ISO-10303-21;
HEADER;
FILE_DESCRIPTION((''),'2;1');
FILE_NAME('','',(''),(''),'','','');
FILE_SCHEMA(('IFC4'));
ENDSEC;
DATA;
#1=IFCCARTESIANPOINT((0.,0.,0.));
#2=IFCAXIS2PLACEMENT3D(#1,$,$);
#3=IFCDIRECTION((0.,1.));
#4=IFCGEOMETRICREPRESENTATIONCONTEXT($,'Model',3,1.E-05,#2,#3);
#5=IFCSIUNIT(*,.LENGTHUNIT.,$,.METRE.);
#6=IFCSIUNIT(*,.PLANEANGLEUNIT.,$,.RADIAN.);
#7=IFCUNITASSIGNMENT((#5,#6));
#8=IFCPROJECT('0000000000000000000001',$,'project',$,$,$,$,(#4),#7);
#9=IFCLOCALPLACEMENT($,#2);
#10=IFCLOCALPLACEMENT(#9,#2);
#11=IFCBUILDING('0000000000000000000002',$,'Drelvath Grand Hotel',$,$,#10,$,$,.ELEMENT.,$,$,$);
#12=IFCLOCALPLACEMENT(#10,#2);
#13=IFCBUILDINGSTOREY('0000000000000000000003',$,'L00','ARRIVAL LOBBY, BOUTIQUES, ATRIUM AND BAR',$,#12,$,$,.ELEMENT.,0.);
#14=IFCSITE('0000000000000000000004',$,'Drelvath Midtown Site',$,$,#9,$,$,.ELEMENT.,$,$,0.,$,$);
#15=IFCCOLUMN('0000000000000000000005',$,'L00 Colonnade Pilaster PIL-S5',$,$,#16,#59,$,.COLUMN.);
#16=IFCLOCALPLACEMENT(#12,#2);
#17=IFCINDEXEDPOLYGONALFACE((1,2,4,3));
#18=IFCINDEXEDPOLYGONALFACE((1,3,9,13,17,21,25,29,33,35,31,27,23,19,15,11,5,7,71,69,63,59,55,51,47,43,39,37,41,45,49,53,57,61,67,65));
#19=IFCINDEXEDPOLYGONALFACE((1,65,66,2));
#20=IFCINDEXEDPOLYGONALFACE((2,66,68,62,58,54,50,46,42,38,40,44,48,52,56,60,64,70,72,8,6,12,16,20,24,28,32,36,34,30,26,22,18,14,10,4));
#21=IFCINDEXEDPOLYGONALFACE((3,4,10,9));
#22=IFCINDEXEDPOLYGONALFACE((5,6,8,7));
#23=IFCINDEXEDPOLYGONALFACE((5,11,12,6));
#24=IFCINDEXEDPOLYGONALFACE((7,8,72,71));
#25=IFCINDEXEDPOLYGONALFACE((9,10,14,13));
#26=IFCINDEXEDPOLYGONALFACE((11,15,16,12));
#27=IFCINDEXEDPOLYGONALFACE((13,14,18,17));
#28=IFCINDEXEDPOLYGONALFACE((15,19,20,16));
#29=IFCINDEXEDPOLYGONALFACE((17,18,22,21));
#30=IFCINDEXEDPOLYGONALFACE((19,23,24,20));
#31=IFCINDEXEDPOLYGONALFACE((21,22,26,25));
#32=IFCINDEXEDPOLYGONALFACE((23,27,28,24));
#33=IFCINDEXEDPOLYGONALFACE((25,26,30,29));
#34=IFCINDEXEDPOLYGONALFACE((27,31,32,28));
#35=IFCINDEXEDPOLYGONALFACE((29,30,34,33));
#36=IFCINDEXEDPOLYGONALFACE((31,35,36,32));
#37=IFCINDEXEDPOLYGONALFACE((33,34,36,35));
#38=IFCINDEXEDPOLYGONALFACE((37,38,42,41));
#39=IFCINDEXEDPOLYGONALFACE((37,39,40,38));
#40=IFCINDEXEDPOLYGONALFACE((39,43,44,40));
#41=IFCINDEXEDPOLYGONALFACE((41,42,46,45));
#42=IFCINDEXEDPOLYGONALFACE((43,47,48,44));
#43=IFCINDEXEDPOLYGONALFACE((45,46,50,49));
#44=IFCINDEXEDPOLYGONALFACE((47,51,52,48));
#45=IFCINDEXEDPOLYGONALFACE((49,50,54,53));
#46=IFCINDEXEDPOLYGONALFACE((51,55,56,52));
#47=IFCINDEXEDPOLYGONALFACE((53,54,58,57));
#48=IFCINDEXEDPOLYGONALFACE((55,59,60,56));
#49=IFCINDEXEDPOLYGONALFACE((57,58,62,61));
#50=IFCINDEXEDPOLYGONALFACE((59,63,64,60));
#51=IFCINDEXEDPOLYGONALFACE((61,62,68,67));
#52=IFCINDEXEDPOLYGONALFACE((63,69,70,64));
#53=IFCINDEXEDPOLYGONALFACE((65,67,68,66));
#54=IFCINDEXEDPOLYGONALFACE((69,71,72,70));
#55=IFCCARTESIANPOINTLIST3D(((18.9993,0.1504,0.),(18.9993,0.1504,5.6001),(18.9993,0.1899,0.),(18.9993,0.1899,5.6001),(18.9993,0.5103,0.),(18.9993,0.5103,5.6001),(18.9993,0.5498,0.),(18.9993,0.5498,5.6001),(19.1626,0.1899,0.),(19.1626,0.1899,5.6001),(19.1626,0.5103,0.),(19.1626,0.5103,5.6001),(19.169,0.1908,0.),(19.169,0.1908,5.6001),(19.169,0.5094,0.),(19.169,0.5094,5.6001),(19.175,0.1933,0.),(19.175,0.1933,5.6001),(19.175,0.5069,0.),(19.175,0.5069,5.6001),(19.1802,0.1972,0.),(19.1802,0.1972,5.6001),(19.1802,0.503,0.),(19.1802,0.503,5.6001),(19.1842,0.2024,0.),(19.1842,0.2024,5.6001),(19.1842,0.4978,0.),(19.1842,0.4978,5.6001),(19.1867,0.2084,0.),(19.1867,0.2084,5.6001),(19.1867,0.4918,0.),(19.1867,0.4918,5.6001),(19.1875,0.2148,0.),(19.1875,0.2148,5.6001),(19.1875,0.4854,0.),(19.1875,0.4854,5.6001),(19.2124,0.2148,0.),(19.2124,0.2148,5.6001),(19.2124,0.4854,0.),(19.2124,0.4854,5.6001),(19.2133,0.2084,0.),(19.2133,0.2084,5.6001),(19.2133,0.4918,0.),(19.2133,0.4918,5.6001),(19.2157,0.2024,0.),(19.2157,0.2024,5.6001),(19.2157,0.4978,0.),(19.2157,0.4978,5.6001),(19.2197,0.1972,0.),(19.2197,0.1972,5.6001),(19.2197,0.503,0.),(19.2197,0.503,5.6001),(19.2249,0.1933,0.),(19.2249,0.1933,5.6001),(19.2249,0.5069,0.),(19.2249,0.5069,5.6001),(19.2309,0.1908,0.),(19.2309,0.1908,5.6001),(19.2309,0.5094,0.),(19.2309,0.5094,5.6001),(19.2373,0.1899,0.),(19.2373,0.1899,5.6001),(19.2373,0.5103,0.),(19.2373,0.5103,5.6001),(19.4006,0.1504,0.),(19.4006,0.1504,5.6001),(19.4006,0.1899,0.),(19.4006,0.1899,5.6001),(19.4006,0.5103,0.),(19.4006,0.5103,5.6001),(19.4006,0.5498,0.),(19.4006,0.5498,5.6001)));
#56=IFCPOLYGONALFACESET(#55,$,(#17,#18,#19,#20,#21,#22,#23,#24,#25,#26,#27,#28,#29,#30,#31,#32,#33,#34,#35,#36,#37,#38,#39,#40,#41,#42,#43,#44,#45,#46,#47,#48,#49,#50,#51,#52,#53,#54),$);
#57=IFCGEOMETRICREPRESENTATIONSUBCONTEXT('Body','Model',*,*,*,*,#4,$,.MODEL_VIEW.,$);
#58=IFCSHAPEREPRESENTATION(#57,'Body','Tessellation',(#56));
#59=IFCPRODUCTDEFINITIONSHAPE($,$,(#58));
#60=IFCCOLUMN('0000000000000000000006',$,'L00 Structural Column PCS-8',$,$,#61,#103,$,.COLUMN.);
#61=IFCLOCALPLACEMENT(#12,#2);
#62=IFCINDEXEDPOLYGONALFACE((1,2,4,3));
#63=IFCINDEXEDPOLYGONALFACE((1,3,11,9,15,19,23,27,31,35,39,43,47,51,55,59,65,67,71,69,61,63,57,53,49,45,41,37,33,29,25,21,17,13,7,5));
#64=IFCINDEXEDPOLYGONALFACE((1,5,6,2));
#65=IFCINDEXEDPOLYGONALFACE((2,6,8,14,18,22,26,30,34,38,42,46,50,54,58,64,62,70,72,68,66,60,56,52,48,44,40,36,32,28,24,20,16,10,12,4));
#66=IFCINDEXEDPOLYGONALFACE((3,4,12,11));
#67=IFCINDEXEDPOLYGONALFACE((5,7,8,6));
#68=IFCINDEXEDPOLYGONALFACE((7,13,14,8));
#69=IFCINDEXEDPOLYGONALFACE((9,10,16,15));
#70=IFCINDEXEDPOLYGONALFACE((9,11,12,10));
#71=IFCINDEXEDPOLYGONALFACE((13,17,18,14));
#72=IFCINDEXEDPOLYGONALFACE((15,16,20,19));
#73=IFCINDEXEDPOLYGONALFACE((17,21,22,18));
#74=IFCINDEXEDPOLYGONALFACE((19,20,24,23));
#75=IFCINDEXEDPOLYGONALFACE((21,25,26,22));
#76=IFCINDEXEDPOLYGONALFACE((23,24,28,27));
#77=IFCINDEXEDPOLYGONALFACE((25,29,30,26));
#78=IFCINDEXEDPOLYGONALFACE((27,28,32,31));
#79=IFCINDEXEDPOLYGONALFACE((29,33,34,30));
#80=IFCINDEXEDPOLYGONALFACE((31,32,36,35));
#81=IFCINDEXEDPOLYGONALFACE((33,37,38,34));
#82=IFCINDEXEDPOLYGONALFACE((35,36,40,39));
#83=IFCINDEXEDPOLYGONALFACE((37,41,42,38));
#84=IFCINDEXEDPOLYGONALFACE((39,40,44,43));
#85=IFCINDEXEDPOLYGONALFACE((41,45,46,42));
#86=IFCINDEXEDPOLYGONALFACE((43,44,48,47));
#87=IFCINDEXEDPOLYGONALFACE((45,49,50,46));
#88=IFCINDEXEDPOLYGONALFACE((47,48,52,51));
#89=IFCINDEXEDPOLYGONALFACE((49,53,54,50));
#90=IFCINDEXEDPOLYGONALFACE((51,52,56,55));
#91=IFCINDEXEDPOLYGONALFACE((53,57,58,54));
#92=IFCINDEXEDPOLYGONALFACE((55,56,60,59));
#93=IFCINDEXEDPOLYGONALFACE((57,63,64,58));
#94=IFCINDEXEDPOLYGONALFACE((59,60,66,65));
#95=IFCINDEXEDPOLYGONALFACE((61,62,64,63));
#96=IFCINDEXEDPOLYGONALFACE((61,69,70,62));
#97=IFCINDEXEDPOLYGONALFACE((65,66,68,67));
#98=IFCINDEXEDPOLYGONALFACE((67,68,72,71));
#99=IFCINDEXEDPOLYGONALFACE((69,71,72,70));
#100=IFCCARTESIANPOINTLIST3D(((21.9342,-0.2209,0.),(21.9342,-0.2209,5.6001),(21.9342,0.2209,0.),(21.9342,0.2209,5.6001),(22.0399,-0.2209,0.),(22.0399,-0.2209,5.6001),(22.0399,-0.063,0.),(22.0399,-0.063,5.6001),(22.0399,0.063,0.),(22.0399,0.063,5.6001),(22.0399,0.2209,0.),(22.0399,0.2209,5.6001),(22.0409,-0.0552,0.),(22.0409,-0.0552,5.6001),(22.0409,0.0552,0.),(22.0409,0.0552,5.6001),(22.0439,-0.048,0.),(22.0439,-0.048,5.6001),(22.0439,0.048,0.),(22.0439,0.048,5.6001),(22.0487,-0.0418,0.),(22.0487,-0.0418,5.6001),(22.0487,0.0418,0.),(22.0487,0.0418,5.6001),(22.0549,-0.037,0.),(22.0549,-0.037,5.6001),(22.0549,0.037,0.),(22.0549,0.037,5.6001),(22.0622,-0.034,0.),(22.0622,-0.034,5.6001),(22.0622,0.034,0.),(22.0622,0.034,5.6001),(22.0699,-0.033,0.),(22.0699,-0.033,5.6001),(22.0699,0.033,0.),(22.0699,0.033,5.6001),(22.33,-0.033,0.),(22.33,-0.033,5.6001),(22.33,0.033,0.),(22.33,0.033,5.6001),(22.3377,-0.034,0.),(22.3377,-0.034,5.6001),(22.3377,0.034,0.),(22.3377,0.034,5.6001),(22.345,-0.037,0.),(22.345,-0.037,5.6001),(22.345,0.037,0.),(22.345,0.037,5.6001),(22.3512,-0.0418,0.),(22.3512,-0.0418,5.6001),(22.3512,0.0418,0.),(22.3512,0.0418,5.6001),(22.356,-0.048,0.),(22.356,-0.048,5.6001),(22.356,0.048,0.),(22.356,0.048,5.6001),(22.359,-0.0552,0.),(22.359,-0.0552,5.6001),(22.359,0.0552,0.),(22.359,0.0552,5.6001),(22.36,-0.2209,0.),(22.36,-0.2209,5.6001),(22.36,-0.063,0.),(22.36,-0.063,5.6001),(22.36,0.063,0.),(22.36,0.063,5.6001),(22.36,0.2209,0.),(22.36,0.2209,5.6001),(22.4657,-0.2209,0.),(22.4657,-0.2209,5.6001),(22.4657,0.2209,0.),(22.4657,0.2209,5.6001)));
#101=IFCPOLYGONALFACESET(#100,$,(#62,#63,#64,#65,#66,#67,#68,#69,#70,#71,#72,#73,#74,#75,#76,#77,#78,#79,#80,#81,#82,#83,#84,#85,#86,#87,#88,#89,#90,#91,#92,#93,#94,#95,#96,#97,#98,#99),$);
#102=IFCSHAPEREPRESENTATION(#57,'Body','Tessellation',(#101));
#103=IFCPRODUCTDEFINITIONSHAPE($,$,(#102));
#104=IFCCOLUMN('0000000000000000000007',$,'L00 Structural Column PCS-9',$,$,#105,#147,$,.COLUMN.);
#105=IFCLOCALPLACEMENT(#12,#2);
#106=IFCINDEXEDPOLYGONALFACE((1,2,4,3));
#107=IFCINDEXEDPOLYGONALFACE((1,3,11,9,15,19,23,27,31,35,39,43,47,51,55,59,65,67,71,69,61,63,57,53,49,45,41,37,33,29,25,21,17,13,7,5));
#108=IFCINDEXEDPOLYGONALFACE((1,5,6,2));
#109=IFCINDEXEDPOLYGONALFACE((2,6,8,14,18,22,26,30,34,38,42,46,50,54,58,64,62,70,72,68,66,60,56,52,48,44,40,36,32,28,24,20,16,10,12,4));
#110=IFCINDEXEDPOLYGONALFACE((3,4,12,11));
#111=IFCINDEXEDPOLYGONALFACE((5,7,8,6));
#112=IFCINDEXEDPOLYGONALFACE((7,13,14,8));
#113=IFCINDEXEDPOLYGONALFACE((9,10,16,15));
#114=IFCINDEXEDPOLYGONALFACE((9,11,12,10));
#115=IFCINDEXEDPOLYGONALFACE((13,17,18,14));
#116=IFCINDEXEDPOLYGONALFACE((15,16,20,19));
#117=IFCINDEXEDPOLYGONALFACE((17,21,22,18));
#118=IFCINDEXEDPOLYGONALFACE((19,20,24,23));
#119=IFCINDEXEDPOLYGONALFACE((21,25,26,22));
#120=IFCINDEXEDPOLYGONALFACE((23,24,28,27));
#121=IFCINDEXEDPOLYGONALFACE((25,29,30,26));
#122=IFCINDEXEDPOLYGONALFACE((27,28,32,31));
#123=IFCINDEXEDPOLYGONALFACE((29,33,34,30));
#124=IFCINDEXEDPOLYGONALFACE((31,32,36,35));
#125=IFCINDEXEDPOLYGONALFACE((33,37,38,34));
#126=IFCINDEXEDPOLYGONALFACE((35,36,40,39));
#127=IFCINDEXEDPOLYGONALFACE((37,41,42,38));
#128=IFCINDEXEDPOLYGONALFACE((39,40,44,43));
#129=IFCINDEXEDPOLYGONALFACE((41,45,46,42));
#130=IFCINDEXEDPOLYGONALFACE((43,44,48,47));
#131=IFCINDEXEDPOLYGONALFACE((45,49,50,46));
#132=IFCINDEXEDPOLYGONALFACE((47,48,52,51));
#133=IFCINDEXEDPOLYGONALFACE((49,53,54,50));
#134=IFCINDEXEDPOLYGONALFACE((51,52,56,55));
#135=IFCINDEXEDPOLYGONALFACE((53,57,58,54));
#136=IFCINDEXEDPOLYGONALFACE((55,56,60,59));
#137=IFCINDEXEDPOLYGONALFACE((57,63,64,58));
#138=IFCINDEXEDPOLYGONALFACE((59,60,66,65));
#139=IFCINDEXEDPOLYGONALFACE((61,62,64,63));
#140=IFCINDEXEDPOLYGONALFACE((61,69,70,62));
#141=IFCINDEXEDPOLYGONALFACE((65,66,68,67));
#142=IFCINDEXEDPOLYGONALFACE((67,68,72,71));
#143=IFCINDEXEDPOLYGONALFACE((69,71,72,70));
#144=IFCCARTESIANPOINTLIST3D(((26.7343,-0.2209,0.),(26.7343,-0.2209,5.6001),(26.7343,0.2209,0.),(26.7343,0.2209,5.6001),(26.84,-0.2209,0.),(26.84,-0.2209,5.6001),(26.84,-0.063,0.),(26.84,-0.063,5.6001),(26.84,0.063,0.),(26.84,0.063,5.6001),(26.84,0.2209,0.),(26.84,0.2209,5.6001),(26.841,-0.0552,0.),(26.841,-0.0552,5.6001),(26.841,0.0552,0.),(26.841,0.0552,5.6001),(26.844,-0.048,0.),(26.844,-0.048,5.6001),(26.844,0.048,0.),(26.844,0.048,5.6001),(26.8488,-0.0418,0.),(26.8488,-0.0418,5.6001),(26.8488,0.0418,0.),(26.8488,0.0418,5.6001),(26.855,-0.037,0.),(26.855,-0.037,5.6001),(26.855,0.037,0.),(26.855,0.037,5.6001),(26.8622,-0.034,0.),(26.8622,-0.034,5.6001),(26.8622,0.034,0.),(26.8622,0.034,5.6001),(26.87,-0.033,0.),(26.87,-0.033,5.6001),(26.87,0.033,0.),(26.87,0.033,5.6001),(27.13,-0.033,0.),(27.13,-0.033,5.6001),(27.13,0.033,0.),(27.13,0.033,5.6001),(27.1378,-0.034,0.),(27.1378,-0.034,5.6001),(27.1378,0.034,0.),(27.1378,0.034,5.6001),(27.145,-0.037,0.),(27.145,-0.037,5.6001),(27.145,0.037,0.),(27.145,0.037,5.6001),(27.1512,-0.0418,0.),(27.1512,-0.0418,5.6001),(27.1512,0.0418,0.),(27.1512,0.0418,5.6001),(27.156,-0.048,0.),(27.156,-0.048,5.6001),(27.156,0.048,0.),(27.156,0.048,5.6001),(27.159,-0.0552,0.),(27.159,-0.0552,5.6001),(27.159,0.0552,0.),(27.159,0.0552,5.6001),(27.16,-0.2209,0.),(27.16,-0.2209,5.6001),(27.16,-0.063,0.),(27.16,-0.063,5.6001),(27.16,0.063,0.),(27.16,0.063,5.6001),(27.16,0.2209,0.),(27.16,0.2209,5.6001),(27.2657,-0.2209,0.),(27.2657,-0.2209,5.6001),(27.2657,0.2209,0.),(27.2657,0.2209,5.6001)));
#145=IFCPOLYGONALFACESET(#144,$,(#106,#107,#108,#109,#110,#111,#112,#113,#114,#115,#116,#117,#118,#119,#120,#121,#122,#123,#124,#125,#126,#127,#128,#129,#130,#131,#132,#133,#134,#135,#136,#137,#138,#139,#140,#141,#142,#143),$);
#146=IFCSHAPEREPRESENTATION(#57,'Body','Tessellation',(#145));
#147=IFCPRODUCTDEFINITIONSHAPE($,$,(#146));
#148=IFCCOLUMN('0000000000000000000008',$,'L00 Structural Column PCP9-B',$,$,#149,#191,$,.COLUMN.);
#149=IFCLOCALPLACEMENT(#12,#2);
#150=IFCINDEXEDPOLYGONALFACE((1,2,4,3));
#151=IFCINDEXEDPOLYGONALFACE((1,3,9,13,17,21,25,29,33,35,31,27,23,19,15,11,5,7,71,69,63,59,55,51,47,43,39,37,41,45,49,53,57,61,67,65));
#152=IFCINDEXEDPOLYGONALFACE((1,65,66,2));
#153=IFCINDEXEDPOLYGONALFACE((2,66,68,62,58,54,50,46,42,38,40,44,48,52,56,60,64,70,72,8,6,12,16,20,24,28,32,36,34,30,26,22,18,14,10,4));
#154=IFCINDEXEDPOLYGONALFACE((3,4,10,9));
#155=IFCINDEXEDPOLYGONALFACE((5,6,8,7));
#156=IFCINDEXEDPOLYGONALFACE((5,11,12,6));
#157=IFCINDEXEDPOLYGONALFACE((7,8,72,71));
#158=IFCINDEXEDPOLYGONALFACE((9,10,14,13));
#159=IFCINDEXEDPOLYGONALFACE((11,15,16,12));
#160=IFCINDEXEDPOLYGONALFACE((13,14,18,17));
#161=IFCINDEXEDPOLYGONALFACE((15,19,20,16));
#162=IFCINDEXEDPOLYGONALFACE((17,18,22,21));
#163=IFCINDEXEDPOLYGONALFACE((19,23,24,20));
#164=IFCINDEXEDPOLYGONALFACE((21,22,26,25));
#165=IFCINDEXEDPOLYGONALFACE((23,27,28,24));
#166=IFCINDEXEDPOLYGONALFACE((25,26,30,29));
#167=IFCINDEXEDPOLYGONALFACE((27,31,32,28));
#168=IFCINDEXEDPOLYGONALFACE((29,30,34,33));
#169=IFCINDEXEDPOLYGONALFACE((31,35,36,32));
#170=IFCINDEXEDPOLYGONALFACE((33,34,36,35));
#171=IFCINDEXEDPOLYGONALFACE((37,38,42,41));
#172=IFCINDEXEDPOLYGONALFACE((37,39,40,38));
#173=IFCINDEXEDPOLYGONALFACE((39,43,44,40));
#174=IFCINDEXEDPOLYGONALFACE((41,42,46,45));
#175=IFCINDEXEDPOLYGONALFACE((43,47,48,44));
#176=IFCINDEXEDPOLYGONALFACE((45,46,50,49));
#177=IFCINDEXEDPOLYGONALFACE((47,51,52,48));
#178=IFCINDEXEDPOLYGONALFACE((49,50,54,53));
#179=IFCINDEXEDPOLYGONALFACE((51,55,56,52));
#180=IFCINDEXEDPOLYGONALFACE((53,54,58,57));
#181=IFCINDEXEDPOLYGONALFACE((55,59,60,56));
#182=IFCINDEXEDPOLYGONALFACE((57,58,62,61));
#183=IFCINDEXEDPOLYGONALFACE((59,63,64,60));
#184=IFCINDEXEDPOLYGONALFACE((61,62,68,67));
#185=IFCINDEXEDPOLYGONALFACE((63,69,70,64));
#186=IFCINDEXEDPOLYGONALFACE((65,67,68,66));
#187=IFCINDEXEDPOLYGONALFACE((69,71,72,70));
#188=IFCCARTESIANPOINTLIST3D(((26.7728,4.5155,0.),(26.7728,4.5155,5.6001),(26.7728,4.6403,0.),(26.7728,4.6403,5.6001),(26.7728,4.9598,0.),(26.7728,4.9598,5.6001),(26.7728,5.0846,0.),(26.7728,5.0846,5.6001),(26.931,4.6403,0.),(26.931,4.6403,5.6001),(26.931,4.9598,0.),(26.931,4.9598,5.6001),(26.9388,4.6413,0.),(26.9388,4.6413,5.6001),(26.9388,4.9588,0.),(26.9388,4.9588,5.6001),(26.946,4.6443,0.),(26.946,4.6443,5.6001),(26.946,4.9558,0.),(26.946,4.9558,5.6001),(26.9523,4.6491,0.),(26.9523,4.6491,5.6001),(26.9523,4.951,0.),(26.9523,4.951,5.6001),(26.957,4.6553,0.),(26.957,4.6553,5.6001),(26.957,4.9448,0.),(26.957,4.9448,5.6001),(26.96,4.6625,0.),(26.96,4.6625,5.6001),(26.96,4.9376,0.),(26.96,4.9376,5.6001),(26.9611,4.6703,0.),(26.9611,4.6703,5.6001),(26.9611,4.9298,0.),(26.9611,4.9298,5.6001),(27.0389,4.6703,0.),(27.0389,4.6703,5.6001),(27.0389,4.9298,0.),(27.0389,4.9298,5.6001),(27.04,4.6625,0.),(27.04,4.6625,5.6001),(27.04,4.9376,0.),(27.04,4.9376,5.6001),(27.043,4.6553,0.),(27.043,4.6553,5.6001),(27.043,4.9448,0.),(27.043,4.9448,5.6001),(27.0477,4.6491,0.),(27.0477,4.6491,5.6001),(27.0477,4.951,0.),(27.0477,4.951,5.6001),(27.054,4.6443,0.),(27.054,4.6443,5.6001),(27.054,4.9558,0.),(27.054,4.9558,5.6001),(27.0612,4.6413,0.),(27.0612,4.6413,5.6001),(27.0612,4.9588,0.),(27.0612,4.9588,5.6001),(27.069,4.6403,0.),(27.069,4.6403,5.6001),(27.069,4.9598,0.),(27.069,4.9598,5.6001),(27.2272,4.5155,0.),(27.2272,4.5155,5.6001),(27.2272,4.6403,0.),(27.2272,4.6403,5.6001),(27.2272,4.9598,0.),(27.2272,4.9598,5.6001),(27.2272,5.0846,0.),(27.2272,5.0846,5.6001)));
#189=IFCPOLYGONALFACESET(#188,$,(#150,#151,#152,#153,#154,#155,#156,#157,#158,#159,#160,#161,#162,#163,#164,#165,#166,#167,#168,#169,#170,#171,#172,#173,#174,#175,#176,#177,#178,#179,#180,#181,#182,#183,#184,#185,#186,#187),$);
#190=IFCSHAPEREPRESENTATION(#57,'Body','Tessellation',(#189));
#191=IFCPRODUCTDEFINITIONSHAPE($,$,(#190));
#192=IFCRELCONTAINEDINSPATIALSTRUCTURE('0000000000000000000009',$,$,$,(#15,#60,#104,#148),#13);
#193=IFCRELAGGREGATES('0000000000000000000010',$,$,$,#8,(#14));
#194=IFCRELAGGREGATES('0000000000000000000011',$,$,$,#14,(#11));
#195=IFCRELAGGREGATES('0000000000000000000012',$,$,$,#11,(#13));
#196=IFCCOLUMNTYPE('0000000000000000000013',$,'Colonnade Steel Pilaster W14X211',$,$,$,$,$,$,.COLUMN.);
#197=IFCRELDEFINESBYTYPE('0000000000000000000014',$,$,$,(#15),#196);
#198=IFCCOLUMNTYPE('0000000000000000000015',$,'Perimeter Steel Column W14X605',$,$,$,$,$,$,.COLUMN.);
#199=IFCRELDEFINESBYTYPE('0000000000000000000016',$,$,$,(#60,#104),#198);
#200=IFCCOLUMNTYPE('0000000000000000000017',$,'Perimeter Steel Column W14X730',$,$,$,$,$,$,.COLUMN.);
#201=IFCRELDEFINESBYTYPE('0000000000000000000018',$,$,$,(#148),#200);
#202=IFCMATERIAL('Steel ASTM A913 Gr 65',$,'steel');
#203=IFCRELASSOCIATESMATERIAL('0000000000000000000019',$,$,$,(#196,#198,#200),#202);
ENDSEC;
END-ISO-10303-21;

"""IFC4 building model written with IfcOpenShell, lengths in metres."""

from ifc_helpers import new_model, si_unit, direction, frame, origin, origin_2d, place, context, subcontext, project, spatial, i_section, extrude, material, material_profile, profile_set, type_object, element, save


model = new_model("IFC4")

# Units and contexts
model_context = context("Model", 3, precision=1e-05, world=origin(), true_north=direction((0.0, 1.0)))
body_context = subcontext(model_context, "Body", "Model", "MODEL_VIEW")
ifc_project = project(units=[si_unit("LENGTHUNIT", "METRE"), si_unit("PLANEANGLEUNIT", "RADIAN")], contexts=[model_context])

# Site, building, storey
site_placement = place(None, origin())
site = spatial("IfcSite", under=ifc_project, at=site_placement, Name="Drelvath Midtown Site", CompositionType="ELEMENT", RefElevation=0.0)
building_placement = place(site_placement, origin())
building = spatial("IfcBuilding", under=site, at=building_placement, Name="Drelvath Grand Hotel", CompositionType="ELEMENT")
storey_placement = place(building_placement, origin())
storey = spatial("IfcBuildingStorey", under=building, at=storey_placement, Name="L00", Description="ARRIVAL LOBBY, BOUTIQUES, ATRIUM AND BAR", CompositionType="ELEMENT", Elevation=0.0)

# Columns
ifc_material_1 = material(Name="Steel ASTM A913 Gr 65", Category="steel")
ifc_material_profile_1 = material_profile(ifc_material_1, i_section(OverallWidth=0.4014, OverallDepth=0.3994, WebThickness=0.0249, FlangeThickness=0.0396, FilletRadius=0.0249, at=origin_2d()), Name="W14X211")
ifc_profile_set_1 = profile_set([ifc_material_profile_1], Name="Steel ASTM A913 Gr 65")
column_type_1 = type_object("IfcColumnType", Name="Colonnade Steel Pilaster W14X211", PredefinedType="COLUMN", material=ifc_profile_set_1)
column_placement = place(storey_placement, frame((19.2, 0.3501, 0.0), z_axis=(0.0, 0.0, 1.0), x_axis=(1.0, 0.0, 0.0)))
element("IfcColumn", 1, at=column_placement, inside=storey, type_object=column_type_1, Name="L00 Colonnade Pilaster PIL-S5", PredefinedType="COLUMN", context=body_context, shape_type="SweptSolid", body=[
    extrude(i_section(OverallWidth=0.4014, OverallDepth=0.3994, WebThickness=0.0249, FlangeThickness=0.0396, FilletRadius=0.0249, at=origin_2d()), origin(), (0.0, 0.0, 1.0), 5.6001),
])
ifc_material_profile_2 = material_profile(ifc_material_1, i_section(OverallWidth=0.4419, OverallDepth=0.5315, WebThickness=0.0659, FlangeThickness=0.1057, FilletRadius=0.03, at=origin_2d()), Name="W14X605")
ifc_profile_set_2 = profile_set([ifc_material_profile_2], Name="Steel ASTM A913 Gr 65")
column_type_2 = type_object("IfcColumnType", Name="Perimeter Steel Column W14X605", PredefinedType="COLUMN", material=ifc_profile_set_2)
for number, where, z_axis, x_axis, name in (
    (2, (22.2, 0.0, 0.0), (0.0, 0.0, 1.0), (0.0, 1.0, 0.0), "L00 Structural Column PCS-8"),
    (3, (27.0, 0.0, 0.0), (0.0, 0.0, 1.0), (0.0, 1.0, 0.0), "L00 Structural Column PCS-9"),
):
    element("IfcColumn", number, at=place(storey_placement, frame(where, z_axis=z_axis, x_axis=x_axis)), inside=storey, type_object=column_type_2, Name=name, PredefinedType="COLUMN", context=body_context, shape_type="SweptSolid", body=[
        extrude(i_section(OverallWidth=0.4419, OverallDepth=0.5315, WebThickness=0.0659, FlangeThickness=0.1057, FilletRadius=0.03, at=origin_2d()), origin(), (0.0, 0.0, 1.0), 5.6001),
    ])
ifc_material_profile_3 = material_profile(ifc_material_1, i_section(OverallWidth=0.4543, OverallDepth=0.5691, WebThickness=0.0779, FlangeThickness=0.1248, FilletRadius=0.03, at=origin_2d()), Name="W14X730")
ifc_profile_set_3 = profile_set([ifc_material_profile_3], Name="Steel ASTM A913 Gr 65")
column_type_3 = type_object("IfcColumnType", Name="Perimeter Steel Column W14X730", PredefinedType="COLUMN", material=ifc_profile_set_3)
for number, where, z_axis, x_axis, name in (
    (4, (27.0, 4.8, 0.0), (0.0, 0.0, 1.0), (1.0, 0.0, 0.0), "L00 Structural Column PCP9-B"),
):
    element("IfcColumn", number, at=place(storey_placement, frame(where, z_axis=z_axis, x_axis=x_axis)), inside=storey, type_object=column_type_3, Name=name, PredefinedType="COLUMN", context=body_context, shape_type="SweptSolid", body=[
        extrude(i_section(OverallWidth=0.4543, OverallDepth=0.5691, WebThickness=0.0779, FlangeThickness=0.1248, FilletRadius=0.03, at=origin_2d()), origin(), (0.0, 0.0, 1.0), 5.6001),
    ])

save(model, "model.ifc")
